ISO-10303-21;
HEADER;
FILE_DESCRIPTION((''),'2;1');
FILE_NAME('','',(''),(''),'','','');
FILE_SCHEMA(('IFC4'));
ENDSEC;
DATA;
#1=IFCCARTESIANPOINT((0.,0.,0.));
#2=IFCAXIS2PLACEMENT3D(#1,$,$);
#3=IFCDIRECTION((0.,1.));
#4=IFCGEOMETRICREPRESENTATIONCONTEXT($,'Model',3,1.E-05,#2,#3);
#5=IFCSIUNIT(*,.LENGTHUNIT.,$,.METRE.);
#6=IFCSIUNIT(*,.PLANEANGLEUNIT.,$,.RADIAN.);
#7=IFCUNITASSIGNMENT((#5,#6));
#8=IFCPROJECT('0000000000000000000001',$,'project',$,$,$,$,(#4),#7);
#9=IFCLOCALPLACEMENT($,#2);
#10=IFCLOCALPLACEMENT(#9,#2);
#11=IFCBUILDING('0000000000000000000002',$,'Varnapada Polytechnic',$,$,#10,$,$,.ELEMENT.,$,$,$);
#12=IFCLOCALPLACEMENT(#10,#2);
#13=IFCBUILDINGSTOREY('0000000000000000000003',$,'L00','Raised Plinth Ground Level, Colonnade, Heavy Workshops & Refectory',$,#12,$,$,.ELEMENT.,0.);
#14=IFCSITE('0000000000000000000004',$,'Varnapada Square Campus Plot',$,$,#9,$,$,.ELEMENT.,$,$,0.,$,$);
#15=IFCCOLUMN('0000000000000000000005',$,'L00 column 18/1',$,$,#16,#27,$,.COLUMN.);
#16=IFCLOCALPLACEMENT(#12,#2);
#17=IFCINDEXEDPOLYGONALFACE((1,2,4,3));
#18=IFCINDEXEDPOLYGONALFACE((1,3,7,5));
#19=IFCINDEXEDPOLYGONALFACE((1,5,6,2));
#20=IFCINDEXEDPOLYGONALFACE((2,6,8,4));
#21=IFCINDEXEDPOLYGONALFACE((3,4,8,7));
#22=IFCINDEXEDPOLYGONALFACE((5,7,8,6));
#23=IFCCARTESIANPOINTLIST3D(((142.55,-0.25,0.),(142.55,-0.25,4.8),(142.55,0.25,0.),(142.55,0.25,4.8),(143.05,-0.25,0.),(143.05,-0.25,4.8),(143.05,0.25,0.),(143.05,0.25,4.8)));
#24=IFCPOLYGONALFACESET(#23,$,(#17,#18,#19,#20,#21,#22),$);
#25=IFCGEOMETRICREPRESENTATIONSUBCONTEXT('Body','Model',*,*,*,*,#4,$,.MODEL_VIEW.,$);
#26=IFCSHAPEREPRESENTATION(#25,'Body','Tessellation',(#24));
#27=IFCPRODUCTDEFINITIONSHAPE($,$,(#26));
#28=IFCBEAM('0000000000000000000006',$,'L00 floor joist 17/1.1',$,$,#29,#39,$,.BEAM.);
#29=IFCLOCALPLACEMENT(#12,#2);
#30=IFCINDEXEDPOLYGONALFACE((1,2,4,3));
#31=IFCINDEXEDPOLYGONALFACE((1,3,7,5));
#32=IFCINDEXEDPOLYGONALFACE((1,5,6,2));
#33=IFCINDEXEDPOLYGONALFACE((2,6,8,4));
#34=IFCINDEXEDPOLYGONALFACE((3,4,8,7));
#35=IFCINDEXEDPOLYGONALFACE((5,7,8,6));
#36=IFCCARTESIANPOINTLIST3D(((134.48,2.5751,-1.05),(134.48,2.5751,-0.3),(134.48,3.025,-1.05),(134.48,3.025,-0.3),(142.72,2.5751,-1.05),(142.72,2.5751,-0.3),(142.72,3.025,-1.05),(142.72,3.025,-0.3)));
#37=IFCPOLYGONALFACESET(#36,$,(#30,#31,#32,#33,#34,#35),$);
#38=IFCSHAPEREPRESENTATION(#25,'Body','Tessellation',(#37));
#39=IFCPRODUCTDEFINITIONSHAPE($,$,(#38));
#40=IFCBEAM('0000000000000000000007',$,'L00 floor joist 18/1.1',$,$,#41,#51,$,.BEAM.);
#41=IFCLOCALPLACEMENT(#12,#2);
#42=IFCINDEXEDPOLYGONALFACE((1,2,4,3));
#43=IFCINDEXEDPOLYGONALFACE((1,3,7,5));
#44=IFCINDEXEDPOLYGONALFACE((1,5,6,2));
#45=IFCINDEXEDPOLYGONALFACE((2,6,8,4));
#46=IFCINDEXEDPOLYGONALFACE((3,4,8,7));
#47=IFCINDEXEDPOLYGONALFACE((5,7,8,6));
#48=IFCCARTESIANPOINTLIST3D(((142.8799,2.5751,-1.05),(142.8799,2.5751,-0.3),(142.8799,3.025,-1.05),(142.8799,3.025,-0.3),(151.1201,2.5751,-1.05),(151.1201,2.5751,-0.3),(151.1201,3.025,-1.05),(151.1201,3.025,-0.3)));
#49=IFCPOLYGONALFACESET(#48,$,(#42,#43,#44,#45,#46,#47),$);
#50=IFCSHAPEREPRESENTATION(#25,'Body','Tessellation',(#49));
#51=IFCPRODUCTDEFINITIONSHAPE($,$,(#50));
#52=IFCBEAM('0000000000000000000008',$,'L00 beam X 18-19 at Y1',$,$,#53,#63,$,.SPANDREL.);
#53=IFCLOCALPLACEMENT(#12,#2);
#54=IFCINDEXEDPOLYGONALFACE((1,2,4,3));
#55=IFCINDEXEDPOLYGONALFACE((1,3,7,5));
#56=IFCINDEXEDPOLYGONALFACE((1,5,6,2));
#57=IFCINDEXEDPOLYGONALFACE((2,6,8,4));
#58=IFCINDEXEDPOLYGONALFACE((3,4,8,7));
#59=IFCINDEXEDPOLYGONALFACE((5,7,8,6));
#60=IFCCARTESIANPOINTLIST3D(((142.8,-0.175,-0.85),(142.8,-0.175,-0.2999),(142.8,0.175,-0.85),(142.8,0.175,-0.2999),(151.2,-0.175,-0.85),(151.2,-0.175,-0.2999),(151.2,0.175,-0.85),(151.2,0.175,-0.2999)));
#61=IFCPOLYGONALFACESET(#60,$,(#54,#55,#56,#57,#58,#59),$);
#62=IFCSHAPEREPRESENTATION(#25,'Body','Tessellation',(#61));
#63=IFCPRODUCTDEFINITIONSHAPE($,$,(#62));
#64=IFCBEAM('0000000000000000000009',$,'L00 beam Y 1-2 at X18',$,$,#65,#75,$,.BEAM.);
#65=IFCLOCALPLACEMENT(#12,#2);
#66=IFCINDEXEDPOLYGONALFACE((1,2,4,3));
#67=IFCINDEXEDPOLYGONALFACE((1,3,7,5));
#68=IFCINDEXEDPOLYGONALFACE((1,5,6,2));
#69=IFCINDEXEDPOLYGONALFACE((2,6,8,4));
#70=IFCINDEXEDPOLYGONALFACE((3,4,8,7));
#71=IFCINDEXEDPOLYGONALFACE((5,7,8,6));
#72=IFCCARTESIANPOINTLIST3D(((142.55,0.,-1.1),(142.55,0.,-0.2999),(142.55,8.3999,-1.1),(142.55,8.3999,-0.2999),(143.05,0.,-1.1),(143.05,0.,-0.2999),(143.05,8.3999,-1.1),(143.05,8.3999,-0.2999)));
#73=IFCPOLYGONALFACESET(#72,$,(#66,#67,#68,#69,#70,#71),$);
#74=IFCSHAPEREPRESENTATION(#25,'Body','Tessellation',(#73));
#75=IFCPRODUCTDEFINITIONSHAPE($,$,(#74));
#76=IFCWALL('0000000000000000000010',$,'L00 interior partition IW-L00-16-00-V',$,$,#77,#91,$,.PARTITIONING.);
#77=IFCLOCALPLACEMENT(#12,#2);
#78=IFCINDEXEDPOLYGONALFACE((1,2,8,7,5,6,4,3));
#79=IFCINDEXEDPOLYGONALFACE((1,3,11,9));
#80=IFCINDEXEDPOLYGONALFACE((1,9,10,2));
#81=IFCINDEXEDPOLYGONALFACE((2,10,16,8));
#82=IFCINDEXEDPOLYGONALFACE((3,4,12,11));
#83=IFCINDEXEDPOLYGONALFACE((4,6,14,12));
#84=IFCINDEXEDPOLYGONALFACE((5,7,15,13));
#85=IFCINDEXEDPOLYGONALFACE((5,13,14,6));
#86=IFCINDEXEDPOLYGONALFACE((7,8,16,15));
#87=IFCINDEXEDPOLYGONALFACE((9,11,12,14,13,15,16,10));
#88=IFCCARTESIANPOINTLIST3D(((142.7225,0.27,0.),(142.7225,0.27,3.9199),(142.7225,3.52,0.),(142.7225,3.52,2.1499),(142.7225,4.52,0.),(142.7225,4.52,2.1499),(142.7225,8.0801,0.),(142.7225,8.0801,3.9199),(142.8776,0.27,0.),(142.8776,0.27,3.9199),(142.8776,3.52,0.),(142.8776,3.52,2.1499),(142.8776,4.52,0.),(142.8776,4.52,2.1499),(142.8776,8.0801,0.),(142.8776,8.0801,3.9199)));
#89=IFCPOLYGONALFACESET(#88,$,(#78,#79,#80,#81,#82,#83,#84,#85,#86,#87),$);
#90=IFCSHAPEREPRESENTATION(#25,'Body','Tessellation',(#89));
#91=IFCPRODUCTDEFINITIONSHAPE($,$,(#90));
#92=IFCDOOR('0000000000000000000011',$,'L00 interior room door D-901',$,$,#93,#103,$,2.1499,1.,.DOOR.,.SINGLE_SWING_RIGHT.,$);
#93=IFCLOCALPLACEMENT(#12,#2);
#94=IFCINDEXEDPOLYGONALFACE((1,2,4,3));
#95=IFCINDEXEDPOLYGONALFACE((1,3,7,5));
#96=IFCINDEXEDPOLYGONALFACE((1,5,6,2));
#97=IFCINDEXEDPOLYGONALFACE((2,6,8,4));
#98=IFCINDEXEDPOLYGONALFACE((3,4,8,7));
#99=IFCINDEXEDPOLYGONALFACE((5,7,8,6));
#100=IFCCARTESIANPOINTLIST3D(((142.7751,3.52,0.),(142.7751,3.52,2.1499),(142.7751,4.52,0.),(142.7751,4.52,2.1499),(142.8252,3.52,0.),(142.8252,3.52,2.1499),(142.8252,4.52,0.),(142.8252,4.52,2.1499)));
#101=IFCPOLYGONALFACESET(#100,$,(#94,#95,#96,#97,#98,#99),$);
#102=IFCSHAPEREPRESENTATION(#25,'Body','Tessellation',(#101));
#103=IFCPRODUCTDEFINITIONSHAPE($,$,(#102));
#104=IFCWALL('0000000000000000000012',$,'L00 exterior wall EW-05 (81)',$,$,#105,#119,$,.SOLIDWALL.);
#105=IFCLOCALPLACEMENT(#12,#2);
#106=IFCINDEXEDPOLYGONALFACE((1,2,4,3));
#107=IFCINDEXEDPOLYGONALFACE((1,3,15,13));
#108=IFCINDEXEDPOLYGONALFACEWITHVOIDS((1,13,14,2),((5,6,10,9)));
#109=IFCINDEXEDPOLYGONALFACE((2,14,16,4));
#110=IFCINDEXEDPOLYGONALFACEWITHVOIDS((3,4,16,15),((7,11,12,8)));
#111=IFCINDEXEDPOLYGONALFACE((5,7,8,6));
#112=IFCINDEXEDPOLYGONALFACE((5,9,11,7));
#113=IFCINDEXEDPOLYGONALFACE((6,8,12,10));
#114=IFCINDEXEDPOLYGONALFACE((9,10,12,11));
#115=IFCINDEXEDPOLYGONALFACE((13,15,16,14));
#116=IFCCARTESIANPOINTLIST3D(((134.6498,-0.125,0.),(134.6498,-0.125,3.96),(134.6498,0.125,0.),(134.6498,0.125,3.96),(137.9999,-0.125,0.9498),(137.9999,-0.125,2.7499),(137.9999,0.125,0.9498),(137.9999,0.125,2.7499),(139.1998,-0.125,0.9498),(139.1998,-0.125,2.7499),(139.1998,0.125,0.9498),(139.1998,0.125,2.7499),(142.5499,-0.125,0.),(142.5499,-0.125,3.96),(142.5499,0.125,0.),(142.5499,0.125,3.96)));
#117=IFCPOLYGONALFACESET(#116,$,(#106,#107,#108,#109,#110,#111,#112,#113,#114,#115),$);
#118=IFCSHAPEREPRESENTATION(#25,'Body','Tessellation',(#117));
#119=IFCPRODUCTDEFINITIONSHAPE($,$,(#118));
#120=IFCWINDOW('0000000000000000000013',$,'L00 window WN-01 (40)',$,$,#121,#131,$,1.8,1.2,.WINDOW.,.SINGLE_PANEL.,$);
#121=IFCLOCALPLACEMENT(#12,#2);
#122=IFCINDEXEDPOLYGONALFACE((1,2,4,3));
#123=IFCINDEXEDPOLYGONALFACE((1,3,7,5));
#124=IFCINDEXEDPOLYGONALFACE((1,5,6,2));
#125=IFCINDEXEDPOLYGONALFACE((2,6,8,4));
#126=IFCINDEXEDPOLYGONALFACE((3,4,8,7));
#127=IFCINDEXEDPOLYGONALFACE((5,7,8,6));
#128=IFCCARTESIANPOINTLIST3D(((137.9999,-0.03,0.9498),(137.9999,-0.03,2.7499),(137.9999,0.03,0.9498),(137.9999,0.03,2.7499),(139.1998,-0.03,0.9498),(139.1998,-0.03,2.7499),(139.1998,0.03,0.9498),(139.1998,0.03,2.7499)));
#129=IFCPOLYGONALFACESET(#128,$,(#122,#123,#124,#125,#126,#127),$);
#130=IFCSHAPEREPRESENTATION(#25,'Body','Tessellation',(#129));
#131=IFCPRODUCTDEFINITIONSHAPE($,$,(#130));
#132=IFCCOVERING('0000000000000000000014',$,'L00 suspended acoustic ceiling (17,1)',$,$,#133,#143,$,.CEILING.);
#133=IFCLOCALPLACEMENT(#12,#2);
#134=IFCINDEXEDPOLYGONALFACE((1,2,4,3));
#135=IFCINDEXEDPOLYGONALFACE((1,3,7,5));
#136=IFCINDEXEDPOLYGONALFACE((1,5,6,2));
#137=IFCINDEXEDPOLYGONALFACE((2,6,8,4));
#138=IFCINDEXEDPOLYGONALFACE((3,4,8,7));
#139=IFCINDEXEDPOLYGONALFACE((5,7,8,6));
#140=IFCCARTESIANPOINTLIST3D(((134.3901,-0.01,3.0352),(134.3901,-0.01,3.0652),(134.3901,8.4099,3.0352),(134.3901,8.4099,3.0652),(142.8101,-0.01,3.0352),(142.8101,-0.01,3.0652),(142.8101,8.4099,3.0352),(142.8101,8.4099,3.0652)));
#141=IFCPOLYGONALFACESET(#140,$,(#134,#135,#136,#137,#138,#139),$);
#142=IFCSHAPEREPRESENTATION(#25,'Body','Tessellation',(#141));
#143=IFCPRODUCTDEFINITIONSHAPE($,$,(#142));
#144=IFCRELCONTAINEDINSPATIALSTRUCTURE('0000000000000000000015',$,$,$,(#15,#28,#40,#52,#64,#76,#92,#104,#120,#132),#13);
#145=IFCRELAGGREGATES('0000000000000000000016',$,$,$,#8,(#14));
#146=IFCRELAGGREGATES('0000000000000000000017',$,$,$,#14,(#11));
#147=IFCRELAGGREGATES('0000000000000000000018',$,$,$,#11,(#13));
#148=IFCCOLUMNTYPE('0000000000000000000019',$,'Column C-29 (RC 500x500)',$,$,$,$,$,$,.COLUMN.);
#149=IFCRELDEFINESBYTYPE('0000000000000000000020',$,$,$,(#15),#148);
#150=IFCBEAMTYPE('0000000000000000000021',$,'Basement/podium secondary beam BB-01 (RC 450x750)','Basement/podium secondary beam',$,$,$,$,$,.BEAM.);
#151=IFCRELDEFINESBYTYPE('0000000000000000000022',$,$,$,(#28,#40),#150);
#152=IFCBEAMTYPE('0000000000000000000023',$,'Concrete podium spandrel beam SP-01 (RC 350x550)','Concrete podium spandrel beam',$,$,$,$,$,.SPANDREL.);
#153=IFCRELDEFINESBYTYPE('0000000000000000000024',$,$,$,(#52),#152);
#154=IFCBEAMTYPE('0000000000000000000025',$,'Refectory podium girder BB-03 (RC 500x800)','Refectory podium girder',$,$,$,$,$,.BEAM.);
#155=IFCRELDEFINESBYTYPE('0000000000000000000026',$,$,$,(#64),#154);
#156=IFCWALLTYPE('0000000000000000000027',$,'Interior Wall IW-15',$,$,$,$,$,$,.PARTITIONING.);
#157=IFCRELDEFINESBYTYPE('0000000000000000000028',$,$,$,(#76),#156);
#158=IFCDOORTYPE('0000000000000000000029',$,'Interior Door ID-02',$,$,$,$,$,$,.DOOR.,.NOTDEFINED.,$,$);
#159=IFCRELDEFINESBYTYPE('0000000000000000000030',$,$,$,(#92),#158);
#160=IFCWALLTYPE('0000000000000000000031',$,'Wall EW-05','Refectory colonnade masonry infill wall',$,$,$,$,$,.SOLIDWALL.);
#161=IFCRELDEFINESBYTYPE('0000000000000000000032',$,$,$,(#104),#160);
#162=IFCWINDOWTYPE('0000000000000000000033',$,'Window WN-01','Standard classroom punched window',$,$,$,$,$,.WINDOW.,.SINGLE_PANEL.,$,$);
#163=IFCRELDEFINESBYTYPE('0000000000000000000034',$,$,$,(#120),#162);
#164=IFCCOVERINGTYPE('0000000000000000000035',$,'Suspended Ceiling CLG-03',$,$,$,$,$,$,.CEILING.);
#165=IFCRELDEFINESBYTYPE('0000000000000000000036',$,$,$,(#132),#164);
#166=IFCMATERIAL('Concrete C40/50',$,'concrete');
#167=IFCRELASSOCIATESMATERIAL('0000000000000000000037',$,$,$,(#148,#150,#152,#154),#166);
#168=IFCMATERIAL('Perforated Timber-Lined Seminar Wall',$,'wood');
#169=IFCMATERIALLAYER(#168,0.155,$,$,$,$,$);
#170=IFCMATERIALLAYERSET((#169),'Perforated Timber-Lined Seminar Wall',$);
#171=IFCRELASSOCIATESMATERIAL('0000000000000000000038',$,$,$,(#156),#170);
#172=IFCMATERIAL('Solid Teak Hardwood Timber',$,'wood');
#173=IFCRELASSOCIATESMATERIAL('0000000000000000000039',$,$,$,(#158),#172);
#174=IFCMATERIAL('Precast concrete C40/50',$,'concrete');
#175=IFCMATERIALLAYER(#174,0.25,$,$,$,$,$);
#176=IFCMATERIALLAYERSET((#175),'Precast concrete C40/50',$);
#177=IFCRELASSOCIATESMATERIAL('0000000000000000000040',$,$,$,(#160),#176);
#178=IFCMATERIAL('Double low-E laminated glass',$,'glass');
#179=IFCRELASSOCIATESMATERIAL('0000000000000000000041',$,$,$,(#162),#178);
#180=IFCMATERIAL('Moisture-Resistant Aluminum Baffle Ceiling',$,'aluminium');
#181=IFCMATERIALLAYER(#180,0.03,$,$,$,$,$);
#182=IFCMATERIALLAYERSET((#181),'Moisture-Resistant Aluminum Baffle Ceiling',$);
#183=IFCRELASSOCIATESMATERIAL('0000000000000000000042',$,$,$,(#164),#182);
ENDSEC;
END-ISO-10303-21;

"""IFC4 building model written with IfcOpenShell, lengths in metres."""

from ifc_helpers import new_model, si_unit, direction, frame, frame_2d, origin, origin_2d, place, context, subcontext, project, spatial, rectangle, extrude, material, layer, layer_set, material_profile, profile_set, type_object, element, fill, save


model = new_model("IFC4")

# Units and contexts
model_context = context("Model", 3, precision=1e-05, world=origin(), true_north=direction((0.0, 1.0)))
body_context = subcontext(model_context, "Body", "Model", "MODEL_VIEW")
ifc_project = project(units=[si_unit("LENGTHUNIT", "METRE"), si_unit("PLANEANGLEUNIT", "RADIAN")], contexts=[model_context])

# Site, building, storey
site_placement = place(None, origin())
site = spatial("IfcSite", under=ifc_project, at=site_placement, Name="Varnapada Square Campus Plot", CompositionType="ELEMENT", RefElevation=0.0)
building_placement = place(site_placement, origin())
building = spatial("IfcBuilding", under=site, at=building_placement, Name="Varnapada Polytechnic", CompositionType="ELEMENT")
storey_placement = place(building_placement, origin())
storey = spatial("IfcBuildingStorey", under=building, at=storey_placement, Name="L00", Description="Raised Plinth Ground Level, Colonnade, Heavy Workshops & Refectory", CompositionType="ELEMENT", Elevation=0.0)

# Column
ifc_material_1 = material(Name="Concrete C40/50", Category="concrete")
ifc_material_profile_1 = material_profile(ifc_material_1, rectangle(XDim=0.5, YDim=0.5, at=origin_2d()), Name="RC 500x500")
ifc_profile_set_1 = profile_set([ifc_material_profile_1], Name="Concrete C40/50")
column_type = type_object("IfcColumnType", Name="Column C-29 (RC 500x500)", PredefinedType="COLUMN", material=ifc_profile_set_1)
column_placement = place(storey_placement, frame((142.8, 0.0, 0.0), z_axis=(0.0, 0.0, 1.0), x_axis=(1.0, 0.0, 0.0)))
element("IfcColumn", 1, at=column_placement, inside=storey, type_object=column_type, Name="L00 column 18/1", PredefinedType="COLUMN", context=body_context, shape_type="SweptSolid", body=[
    extrude(rectangle(XDim=0.5, YDim=0.5, at=origin_2d()), origin(), (0.0, 0.0, 1.0), 4.8),
])

# Beams
ifc_material_profile_2 = material_profile(ifc_material_1, rectangle(XDim=0.45, YDim=0.75, at=origin_2d()), Name="RC 450x750")
ifc_profile_set_2 = profile_set([ifc_material_profile_2], Name="Concrete C40/50")
beam_type_1 = type_object("IfcBeamType", Name="Basement/podium secondary beam BB-01 (RC 450x750)", Description="Basement/podium secondary beam", PredefinedType="BEAM", material=ifc_profile_set_2)
beam_1_placement = place(storey_placement, frame((134.48, 2.8, -0.675), z_axis=(1.0, 0.0, 0.0), x_axis=(0.0, 1.0, 0.0)))
element("IfcBeam", 2, at=beam_1_placement, inside=storey, type_object=beam_type_1, Name="L00 floor joist 17/1.1", PredefinedType="BEAM", context=body_context, shape_type="SweptSolid", body=[
    extrude(rectangle(XDim=0.45, YDim=0.75, at=origin_2d()), origin(), (0.0, 0.0, 1.0), 8.24),
])
beam_2_placement = place(storey_placement, frame((142.8799, 2.8, -0.675), z_axis=(1.0, 0.0, 0.0), x_axis=(0.0, 1.0, 0.0)))
element("IfcBeam", 3, at=beam_2_placement, inside=storey, type_object=beam_type_1, Name="L00 floor joist 18/1.1", PredefinedType="BEAM", context=body_context, shape_type="SweptSolid", body=[
    extrude(rectangle(XDim=0.45, YDim=0.75, at=origin_2d()), origin(), (0.0, 0.0, 1.0), 8.2402),
])
ifc_material_profile_3 = material_profile(ifc_material_1, rectangle(XDim=0.3501, YDim=0.55, at=origin_2d()), Name="RC 350x550")
ifc_profile_set_3 = profile_set([ifc_material_profile_3], Name="Concrete C40/50")
beam_type_2 = type_object("IfcBeamType", Name="Concrete podium spandrel beam SP-01 (RC 350x550)", Description="Concrete podium spandrel beam", PredefinedType="SPANDREL", material=ifc_profile_set_3)
beam_3_placement = place(storey_placement, frame((142.8, 0.0, -0.575), z_axis=(1.0, 0.0, 0.0), x_axis=(0.0, 1.0, 0.0)))
element("IfcBeam", 4, at=beam_3_placement, inside=storey, type_object=beam_type_2, Name="L00 beam X 18-19 at Y1", PredefinedType="SPANDREL", context=body_context, shape_type="SweptSolid", body=[
    extrude(rectangle(XDim=0.3501, YDim=0.55, at=origin_2d()), origin(), (0.0, 0.0, 1.0), 8.3999),
])
ifc_material_profile_4 = material_profile(ifc_material_1, rectangle(XDim=0.5, YDim=0.8, at=origin_2d()), Name="RC 500x800")
ifc_profile_set_4 = profile_set([ifc_material_profile_4], Name="Concrete C40/50")
beam_type_3 = type_object("IfcBeamType", Name="Refectory podium girder BB-03 (RC 500x800)", Description="Refectory podium girder", PredefinedType="BEAM", material=ifc_profile_set_4)
beam_4_placement = place(storey_placement, frame((142.8, 0.0, -0.7), z_axis=(0.0, 1.0, 0.0), x_axis=(-1.0, 0.0, 0.0)))
element("IfcBeam", 5, at=beam_4_placement, inside=storey, type_object=beam_type_3, Name="L00 beam Y 1-2 at X18", PredefinedType="BEAM", context=body_context, shape_type="SweptSolid", body=[
    extrude(rectangle(XDim=0.5, YDim=0.8, at=origin_2d()), origin(), (0.0, 0.0, 1.0), 8.3999),
])

# Wall, opening, door
ifc_material_2 = material(Name="Perforated Timber-Lined Seminar Wall", Category="wood")
ifc_layer_1 = layer(ifc_material_2, 0.155)
ifc_layer_set_1 = layer_set([ifc_layer_1], Name="Perforated Timber-Lined Seminar Wall")
wall_type_1 = type_object("IfcWallType", Name="Interior Wall IW-15", PredefinedType="PARTITIONING", material=ifc_layer_set_1)
wall_1_placement = place(storey_placement, frame((142.8, 0.27, 0.0), z_axis=(0.0, 0.0, 1.0), x_axis=(0.0, 1.0, 0.0)))
wall_1 = element("IfcWall", 6, at=wall_1_placement, inside=storey, type_object=wall_type_1, Name="L00 interior partition IW-L00-16-00-V", PredefinedType="PARTITIONING", context=body_context, shape_type="SweptSolid", body=[
    extrude(rectangle(XDim=7.8101, YDim=0.155, at=frame_2d((3.905, 0.0))), origin(), (0.0, 0.0, 1.0), 3.9199),
])
opening_1_placement = place(wall_1_placement, frame((3.25, 0.0, 0.0)))
opening_1 = element("IfcOpeningElement", 7, at=opening_1_placement, cuts=wall_1, PredefinedType="OPENING", context=body_context, shape_type="SweptSolid", body=[
    extrude(rectangle(XDim=1.0, YDim=2.1499, at=frame_2d((0.5, 1.075))), frame((0.0, 0.0874, 0.0), z_axis=(0.0, -1.0, 0.0), x_axis=(1.0, 0.0, 0.0)), (0.0, 0.0, 1.0), 0.175),
])
ifc_material_3 = material(Name="Solid Teak Hardwood Timber", Category="wood")
door_type = type_object("IfcDoorType", Name="Interior Door ID-02", OperationType="NOTDEFINED", PredefinedType="DOOR", material=ifc_material_3)
door_placement = place(opening_1_placement, origin())
door = element("IfcDoor", 8, at=door_placement, inside=storey, type_object=door_type, Name="L00 interior room door D-901", OperationType="SINGLE_SWING_RIGHT", OverallHeight=2.1499, OverallWidth=1.0, PredefinedType="DOOR", context=body_context, shape_type="SweptSolid", body=[
    extrude(rectangle(XDim=1.0, YDim=2.1499, at=frame_2d((0.5, 1.075))), frame((0.0, 0.0249, 0.0), z_axis=(0.0, -1.0, 0.0), x_axis=(1.0, 0.0, 0.0)), (0.0, 0.0, 1.0), 0.05),
])
fill(opening_1, door)

# Wall, opening, window
ifc_material_4 = material(Name="Precast concrete C40/50", Category="concrete")
ifc_layer_2 = layer(ifc_material_4, 0.25)
ifc_layer_set_2 = layer_set([ifc_layer_2], Name="Precast concrete C40/50")
wall_type_2 = type_object("IfcWallType", Name="Wall EW-05", Description="Refectory colonnade masonry infill wall", PredefinedType="SOLIDWALL", material=ifc_layer_set_2)
wall_2_placement = place(storey_placement, frame((142.55, 0.0, 0.0), z_axis=(0.0, 0.0, 1.0), x_axis=(-1.0, 0.0, 0.0)))
wall_2 = element("IfcWall", 9, at=wall_2_placement, inside=storey, type_object=wall_type_2, Name="L00 exterior wall EW-05 (81)", PredefinedType="SOLIDWALL", context=body_context, shape_type="SweptSolid", body=[
    extrude(rectangle(XDim=7.9001, YDim=0.25, at=frame_2d((3.9502, 0.0))), origin(), (0.0, 0.0, 1.0), 3.96),
])
opening_2_placement = place(wall_2_placement, frame((3.3501, 0.0, 0.95)))
opening_2 = element("IfcOpeningElement", 10, at=opening_2_placement, cuts=wall_2, PredefinedType="OPENING", context=body_context, shape_type="SweptSolid", body=[
    extrude(rectangle(XDim=1.2, YDim=1.8, at=frame_2d((0.6001, 0.8999))), frame((0.0, 0.135, 0.0), z_axis=(0.0, -1.0, 0.0), x_axis=(1.0, 0.0, 0.0)), (0.0, 0.0, 1.0), 0.27),
])
ifc_material_5 = material(Name="Double low-E laminated glass", Category="glass")
window_type = type_object("IfcWindowType", Name="Window WN-01", Description="Standard classroom punched window", PartitioningType="SINGLE_PANEL", PredefinedType="WINDOW", material=ifc_material_5)
window_placement = place(opening_2_placement, origin())
window = element("IfcWindow", 11, at=window_placement, inside=storey, type_object=window_type, Name="L00 window WN-01 (40)", OverallHeight=1.8, OverallWidth=1.2, PartitioningType="SINGLE_PANEL", PredefinedType="WINDOW", context=body_context, shape_type="SweptSolid", body=[
    extrude(rectangle(XDim=1.2, YDim=1.8, at=frame_2d((0.6001, 0.8999))), frame((0.0, 0.03, 0.0), z_axis=(0.0, -1.0, 0.0), x_axis=(1.0, 0.0, 0.0)), (0.0, 0.0, 1.0), 0.0601),
])
fill(opening_2, window)

# Covering
ifc_material_6 = material(Name="Moisture-Resistant Aluminum Baffle Ceiling", Category="aluminium")
ifc_layer_3 = layer(ifc_material_6, 0.03)
ifc_layer_set_3 = layer_set([ifc_layer_3], Name="Moisture-Resistant Aluminum Baffle Ceiling")
covering_type_1 = type_object("IfcCoveringType", Name="Suspended Ceiling CLG-03", PredefinedType="CEILING", material=ifc_layer_set_3)
covering_1_placement = place(storey_placement, frame((138.6001, 4.2, 3.0352), z_axis=(0.0, 0.0, 1.0), x_axis=(1.0, 0.0, 0.0)))
element("IfcCovering", 12, at=covering_1_placement, inside=storey, type_object=covering_type_1, Name="L00 suspended acoustic ceiling (17,1)", PredefinedType="CEILING", context=body_context, shape_type="SweptSolid", body=[
    extrude(rectangle(XDim=8.4199, YDim=8.4199, at=origin_2d()), origin(), (0.0, 0.0, 1.0), 0.03),
])

save(model, "model.ifc")
